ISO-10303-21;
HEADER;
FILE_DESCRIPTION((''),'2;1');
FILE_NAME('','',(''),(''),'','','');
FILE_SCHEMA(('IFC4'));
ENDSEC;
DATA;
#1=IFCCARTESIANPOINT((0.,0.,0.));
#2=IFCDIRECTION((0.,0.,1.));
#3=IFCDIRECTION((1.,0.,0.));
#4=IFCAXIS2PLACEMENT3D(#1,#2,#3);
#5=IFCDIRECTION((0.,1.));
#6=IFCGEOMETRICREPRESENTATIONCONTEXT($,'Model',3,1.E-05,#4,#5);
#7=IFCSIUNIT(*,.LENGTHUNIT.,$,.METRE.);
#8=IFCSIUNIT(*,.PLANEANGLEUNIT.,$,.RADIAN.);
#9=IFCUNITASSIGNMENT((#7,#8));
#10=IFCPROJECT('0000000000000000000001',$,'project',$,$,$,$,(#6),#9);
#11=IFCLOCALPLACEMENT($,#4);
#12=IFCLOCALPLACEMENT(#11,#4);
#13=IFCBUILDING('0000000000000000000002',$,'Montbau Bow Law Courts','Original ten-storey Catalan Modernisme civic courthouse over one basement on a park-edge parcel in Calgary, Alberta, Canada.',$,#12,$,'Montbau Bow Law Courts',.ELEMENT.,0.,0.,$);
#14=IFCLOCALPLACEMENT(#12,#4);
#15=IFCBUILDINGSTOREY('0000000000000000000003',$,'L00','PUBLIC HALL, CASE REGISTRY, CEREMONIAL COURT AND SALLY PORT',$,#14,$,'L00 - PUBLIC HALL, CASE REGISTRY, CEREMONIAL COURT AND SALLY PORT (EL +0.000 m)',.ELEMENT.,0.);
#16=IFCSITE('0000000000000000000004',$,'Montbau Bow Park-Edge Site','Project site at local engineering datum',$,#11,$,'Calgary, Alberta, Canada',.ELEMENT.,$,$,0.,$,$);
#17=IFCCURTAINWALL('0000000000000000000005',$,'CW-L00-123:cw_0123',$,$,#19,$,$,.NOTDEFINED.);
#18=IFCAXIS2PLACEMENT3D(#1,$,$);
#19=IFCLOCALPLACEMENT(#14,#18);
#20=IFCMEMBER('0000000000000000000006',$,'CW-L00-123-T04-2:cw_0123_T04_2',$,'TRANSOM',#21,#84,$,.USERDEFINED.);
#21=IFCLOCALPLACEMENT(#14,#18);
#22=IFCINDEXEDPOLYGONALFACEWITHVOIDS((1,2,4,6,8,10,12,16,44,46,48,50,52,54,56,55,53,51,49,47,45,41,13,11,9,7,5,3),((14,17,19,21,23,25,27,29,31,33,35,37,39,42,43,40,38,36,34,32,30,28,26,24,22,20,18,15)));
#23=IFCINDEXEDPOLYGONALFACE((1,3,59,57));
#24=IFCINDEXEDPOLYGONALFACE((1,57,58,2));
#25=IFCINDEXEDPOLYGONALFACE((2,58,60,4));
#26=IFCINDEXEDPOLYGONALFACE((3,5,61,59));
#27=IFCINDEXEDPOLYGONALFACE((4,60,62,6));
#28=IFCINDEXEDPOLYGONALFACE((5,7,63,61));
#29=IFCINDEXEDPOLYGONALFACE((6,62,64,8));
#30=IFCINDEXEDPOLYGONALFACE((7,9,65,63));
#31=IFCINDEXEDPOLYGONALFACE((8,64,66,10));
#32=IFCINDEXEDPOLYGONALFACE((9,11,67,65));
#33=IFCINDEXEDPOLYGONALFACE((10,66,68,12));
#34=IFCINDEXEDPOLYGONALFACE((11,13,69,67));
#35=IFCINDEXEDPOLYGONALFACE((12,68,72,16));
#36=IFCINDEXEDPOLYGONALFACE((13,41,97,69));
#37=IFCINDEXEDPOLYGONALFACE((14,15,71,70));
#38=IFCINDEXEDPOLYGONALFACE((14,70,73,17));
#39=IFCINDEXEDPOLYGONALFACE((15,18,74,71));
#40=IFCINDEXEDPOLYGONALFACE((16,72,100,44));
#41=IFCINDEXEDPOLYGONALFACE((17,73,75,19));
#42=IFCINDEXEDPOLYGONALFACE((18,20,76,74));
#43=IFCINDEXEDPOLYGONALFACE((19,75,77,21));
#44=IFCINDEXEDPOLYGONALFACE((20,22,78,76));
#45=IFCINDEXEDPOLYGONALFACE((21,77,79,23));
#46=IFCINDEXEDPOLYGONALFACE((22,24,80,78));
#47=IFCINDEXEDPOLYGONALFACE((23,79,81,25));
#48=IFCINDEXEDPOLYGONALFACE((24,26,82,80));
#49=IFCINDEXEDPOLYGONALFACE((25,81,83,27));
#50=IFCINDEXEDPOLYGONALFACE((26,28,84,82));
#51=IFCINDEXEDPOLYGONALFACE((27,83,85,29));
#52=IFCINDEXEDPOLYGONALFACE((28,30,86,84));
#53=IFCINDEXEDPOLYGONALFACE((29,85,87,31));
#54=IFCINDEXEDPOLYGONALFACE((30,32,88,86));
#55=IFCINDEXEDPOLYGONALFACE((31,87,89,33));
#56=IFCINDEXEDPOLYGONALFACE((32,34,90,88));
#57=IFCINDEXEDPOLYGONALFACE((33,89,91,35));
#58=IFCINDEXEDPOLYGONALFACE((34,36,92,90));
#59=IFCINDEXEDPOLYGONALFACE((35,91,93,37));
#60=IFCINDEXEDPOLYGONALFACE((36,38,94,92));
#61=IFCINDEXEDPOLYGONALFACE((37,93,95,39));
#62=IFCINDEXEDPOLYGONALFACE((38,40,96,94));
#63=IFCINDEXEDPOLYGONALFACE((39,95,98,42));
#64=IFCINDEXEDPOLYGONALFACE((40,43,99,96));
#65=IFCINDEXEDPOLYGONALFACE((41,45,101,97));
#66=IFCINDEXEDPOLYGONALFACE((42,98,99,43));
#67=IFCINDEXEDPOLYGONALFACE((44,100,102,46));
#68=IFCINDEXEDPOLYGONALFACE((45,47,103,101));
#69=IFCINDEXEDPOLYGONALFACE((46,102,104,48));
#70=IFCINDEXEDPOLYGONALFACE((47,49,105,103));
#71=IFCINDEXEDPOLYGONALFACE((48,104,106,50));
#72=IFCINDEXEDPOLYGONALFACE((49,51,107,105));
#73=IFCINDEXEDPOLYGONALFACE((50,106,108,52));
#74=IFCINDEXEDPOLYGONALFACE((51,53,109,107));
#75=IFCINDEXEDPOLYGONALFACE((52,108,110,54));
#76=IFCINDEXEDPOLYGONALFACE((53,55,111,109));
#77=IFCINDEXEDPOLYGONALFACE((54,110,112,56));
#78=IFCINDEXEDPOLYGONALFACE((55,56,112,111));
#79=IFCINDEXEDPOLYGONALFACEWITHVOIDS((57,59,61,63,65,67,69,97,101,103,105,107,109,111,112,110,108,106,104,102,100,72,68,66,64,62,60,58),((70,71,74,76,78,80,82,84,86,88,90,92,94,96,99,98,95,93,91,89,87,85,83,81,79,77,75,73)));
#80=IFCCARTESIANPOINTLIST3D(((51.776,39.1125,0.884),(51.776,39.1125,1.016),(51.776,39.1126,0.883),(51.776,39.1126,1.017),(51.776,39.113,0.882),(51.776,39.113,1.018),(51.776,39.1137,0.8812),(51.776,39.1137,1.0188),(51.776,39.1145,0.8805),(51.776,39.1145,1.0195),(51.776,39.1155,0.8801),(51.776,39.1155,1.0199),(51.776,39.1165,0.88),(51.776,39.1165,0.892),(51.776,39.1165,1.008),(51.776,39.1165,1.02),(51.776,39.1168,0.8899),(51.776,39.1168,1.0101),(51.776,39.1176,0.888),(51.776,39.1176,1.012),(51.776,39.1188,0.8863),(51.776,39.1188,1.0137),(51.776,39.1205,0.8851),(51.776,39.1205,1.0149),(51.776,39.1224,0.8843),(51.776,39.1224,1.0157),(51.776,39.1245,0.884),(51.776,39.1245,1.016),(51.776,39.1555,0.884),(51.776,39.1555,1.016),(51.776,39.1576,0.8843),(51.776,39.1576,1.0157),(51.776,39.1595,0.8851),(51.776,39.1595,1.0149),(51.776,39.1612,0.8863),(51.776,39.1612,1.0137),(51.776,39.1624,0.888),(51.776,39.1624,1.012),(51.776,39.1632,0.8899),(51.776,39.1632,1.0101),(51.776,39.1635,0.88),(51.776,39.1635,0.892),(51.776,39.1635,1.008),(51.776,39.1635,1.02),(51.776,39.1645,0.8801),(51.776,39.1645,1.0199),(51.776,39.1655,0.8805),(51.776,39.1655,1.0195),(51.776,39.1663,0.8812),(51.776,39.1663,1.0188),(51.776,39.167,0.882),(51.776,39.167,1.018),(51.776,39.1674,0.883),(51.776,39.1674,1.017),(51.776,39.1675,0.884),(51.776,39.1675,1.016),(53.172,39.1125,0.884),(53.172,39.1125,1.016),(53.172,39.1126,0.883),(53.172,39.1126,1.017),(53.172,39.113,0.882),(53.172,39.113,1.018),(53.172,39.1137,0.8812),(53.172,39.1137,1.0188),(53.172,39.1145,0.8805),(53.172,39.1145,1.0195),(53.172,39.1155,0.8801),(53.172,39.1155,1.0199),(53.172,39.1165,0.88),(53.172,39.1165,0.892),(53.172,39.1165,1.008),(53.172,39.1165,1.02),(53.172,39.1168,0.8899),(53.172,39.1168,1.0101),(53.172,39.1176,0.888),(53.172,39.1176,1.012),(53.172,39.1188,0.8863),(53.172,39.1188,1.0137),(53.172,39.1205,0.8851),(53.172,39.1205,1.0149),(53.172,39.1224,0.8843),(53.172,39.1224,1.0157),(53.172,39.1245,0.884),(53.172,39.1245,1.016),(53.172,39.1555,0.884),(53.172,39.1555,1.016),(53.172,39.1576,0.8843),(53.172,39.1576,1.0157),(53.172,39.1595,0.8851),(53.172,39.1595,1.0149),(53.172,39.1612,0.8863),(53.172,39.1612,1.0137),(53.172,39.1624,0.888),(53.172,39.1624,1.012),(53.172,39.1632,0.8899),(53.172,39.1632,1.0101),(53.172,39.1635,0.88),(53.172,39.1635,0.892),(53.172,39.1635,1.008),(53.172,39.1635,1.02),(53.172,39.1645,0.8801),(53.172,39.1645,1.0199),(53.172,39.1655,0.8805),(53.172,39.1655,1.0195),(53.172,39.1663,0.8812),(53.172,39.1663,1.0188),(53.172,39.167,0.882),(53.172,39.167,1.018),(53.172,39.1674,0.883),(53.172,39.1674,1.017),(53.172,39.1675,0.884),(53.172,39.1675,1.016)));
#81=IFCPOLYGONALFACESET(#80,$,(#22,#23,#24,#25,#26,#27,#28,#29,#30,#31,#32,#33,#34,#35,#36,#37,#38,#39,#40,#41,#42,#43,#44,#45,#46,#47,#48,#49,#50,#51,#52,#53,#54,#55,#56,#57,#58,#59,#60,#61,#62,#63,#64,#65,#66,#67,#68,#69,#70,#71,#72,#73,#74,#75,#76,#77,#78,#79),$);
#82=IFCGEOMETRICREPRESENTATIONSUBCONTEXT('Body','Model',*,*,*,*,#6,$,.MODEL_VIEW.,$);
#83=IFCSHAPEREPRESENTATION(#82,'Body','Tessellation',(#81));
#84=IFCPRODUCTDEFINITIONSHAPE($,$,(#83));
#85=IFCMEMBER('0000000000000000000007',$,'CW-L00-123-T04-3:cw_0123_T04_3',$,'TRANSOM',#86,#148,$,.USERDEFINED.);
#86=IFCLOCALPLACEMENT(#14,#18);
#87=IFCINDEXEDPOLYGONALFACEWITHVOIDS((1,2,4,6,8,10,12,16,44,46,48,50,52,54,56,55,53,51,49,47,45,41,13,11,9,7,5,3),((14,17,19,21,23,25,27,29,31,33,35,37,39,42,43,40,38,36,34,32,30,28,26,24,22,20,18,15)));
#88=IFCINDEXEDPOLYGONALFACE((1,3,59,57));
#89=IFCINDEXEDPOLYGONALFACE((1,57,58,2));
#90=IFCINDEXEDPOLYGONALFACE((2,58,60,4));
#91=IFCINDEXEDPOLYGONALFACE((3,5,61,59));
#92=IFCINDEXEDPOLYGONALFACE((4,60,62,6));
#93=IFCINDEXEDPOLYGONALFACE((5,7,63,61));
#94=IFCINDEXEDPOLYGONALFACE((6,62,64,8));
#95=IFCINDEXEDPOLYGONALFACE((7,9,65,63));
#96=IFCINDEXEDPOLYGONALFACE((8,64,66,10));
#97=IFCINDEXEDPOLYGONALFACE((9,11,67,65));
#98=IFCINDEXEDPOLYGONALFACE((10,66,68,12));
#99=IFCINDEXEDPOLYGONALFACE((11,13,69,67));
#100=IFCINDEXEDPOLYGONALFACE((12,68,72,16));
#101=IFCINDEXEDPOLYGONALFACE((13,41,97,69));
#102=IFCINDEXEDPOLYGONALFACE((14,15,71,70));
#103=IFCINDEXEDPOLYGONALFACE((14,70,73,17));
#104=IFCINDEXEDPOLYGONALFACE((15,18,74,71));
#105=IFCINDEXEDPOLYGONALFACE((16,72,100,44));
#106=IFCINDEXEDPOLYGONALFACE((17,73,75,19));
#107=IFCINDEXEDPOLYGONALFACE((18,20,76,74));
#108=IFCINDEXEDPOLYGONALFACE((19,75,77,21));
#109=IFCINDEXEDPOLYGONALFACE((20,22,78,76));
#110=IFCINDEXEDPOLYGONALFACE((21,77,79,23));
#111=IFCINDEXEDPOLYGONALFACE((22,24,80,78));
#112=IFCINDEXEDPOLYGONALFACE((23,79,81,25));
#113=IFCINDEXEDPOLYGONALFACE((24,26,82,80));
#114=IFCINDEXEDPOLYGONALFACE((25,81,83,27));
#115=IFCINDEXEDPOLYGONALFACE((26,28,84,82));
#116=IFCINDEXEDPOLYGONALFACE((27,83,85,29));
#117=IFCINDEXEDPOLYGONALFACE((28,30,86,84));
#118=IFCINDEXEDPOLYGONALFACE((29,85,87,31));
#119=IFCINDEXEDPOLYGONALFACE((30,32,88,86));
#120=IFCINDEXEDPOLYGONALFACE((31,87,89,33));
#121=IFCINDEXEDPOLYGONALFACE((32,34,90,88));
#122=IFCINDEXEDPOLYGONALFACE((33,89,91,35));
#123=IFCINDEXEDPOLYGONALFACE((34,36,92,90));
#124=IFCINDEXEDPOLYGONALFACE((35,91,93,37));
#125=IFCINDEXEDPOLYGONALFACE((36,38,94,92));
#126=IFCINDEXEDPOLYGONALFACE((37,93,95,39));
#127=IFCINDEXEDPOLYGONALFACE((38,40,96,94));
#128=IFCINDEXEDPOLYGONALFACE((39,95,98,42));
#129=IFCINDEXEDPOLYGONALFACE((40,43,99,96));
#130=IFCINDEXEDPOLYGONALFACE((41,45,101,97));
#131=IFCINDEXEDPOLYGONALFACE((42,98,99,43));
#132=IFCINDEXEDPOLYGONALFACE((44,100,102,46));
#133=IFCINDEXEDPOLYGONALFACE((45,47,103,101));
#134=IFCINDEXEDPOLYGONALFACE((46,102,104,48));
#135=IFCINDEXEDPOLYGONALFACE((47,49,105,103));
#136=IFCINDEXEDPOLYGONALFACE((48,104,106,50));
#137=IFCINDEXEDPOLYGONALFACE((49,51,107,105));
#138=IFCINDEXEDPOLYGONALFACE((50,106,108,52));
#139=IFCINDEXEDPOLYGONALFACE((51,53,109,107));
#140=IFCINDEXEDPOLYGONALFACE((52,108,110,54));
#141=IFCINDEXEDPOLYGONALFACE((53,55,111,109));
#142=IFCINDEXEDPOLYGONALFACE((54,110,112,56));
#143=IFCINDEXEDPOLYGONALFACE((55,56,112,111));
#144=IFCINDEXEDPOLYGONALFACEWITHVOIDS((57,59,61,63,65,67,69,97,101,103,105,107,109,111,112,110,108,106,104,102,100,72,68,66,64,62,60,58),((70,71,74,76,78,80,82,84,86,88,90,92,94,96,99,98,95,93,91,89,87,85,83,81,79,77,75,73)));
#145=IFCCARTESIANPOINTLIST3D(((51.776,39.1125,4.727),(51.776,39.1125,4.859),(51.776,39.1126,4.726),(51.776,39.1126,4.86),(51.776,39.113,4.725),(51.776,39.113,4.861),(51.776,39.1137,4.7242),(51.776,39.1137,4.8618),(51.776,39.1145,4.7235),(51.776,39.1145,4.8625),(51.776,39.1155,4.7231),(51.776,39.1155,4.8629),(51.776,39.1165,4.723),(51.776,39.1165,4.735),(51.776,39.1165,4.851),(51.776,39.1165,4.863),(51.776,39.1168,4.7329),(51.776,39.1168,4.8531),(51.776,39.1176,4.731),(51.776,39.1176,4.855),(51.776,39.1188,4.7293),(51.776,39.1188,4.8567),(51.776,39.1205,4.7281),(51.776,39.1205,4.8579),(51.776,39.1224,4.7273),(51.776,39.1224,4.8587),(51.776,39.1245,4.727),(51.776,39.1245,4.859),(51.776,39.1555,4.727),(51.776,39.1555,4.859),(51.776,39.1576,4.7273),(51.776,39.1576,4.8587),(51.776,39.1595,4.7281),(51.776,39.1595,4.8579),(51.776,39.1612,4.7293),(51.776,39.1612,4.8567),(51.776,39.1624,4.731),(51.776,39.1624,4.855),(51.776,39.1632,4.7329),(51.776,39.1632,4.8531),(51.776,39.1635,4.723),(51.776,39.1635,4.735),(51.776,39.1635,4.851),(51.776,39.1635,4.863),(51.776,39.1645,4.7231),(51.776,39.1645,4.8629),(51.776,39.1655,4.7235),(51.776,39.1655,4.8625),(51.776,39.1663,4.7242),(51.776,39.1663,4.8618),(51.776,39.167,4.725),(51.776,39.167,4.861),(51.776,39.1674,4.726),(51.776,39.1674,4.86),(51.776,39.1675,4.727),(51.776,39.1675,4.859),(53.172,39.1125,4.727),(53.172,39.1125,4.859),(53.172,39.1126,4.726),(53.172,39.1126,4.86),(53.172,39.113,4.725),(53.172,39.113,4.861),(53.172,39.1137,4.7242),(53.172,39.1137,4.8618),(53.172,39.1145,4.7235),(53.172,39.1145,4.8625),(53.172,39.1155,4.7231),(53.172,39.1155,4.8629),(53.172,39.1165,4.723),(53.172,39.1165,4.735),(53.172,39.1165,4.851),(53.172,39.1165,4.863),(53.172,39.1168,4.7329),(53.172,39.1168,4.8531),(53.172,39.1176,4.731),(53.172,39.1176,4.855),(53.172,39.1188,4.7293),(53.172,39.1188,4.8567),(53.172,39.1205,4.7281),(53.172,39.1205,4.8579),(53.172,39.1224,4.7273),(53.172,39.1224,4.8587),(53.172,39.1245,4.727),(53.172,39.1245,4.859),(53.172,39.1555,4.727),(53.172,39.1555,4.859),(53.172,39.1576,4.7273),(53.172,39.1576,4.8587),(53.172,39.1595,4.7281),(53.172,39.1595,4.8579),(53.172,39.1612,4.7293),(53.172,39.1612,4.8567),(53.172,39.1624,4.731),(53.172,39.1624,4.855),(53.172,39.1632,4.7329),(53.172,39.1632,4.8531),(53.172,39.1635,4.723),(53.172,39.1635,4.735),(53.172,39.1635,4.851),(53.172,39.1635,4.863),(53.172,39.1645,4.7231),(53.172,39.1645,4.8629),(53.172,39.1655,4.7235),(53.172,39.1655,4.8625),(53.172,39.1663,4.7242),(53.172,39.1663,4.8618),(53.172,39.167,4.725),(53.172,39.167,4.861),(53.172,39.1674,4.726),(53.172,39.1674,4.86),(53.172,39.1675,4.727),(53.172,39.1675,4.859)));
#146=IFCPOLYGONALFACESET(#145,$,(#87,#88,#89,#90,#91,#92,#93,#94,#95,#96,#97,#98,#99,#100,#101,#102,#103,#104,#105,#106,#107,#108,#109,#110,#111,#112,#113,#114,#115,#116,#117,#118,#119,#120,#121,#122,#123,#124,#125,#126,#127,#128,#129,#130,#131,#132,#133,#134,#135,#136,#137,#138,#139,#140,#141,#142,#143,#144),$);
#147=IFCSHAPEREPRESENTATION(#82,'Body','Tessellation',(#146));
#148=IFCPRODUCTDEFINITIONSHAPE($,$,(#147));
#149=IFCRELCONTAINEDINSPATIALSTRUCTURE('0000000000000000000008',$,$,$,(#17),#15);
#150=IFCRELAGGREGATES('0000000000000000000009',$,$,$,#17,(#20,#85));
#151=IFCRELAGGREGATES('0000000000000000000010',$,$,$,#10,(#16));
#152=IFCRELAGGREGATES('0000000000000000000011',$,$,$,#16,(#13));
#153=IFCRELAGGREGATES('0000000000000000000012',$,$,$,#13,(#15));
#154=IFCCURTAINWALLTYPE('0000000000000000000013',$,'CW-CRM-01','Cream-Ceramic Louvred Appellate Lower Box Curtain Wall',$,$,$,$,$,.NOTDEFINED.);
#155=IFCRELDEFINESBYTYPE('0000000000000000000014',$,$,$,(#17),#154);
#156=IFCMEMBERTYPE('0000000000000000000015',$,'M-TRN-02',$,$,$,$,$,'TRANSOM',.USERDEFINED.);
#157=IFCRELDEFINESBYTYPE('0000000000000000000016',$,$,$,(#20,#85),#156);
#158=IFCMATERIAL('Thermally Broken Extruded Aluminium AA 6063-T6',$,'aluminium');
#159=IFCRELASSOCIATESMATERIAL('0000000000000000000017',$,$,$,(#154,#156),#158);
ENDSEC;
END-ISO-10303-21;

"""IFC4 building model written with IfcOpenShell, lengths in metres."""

from ifc_helpers import new_model, si_unit, direction, frame, origin_with_axes, origin_2d_with_axis, place, context, subcontext, project, spatial, hollow_rectangle, extrude, material, material_profile, profile_set, type_object, element, aggregate, save


model = new_model("IFC4")

# Units and contexts
model_context = context("Model", 3, precision=1e-05, world=origin_with_axes(), true_north=direction((0.0, 1.0)))
body_context = subcontext(model_context, "Body", "Model", "MODEL_VIEW")
ifc_project = project(units=[si_unit("LENGTHUNIT", "METRE"), si_unit("PLANEANGLEUNIT", "RADIAN")], contexts=[model_context])

# Site, building, storey
site_placement = place(None, origin_with_axes())
site = spatial("IfcSite", under=ifc_project, at=site_placement, Name="Montbau Bow Park-Edge Site", Description="Project site at local engineering datum", LongName="Calgary, Alberta, Canada", CompositionType="ELEMENT", RefElevation=0.0)
building_placement = place(site_placement, origin_with_axes())
building = spatial("IfcBuilding", under=site, at=building_placement, Name="Montbau Bow Law Courts", Description="Original ten-storey Catalan Modernisme civic courthouse over one basement on a park-edge parcel in Calgary, Alberta, Canada.", LongName="Montbau Bow Law Courts", CompositionType="ELEMENT", ElevationOfRefHeight=0.0, ElevationOfTerrain=0.0)
storey_placement = place(building_placement, origin_with_axes())
storey = spatial("IfcBuildingStorey", under=building, at=storey_placement, Name="L00", Description="PUBLIC HALL, CASE REGISTRY, CEREMONIAL COURT AND SALLY PORT", LongName="L00 - PUBLIC HALL, CASE REGISTRY, CEREMONIAL COURT AND SALLY PORT (EL +0.000 m)", CompositionType="ELEMENT", Elevation=0.0)

# Curtain wall, members
ifc_material_1 = material(Name="Thermally Broken Extruded Aluminium AA 6063-T6", Category="aluminium")
curtain_wall_type = type_object("IfcCurtainWallType", Name="CW-CRM-01", Description="Cream-Ceramic Louvred Appellate Lower Box Curtain Wall", PredefinedType="NOTDEFINED", material=ifc_material_1)
curtain_wall_placement = place(None, frame((47.315, 39.14, 0.0), z_axis=(0.0, 0.0, 1.0), x_axis=(1.0, 0.0, 0.0)))
curtain_wall = element("IfcCurtainWall", 1, at=curtain_wall_placement, inside=storey, type_object=curtain_wall_type, Name="CW-L00-123:cw_0123", PredefinedType="NOTDEFINED")
ifc_material_profile_1 = material_profile(ifc_material_1, hollow_rectangle(XDim=0.055, YDim=0.14, WallThickness=0.004, InnerFilletRadius=0.008, OuterFilletRadius=0.004, at=origin_2d_with_axis()), Name="CWT-140X55", Category="Main", Priority=0)
ifc_profile_set_1 = profile_set([ifc_material_profile_1], Name="Thermally Broken Extruded Aluminium AA 6063-T6")
member_type_1 = type_object("IfcMemberType", Name="M-TRN-02", ElementType="TRANSOM", PredefinedType="USERDEFINED", material=ifc_profile_set_1)
member_1_placement = place(None, frame((51.776, 39.14, 0.95), z_axis=(1.0, 0.0, 0.0), x_axis=(0.0, 1.0, 0.0)))
member_1 = element("IfcMember", 2, at=member_1_placement, type_object=member_type_1, Name="CW-L00-123-T04-2:cw_0123_T04_2", ObjectType="TRANSOM", PredefinedType="USERDEFINED", context=body_context, shape_type="SweptSolid", body=[
    extrude(hollow_rectangle(XDim=0.055, YDim=0.14, WallThickness=0.004, InnerFilletRadius=0.008, OuterFilletRadius=0.004, at=origin_2d_with_axis()), origin_with_axes(), (0.0, 0.0, 1.0), 1.396),
])
member_2_placement = place(None, frame((51.776, 39.14, 4.793), z_axis=(1.0, 0.0, 0.0), x_axis=(0.0, 1.0, 0.0)))
member_2 = element("IfcMember", 3, at=member_2_placement, type_object=member_type_1, Name="CW-L00-123-T04-3:cw_0123_T04_3", ObjectType="TRANSOM", PredefinedType="USERDEFINED", context=body_context, shape_type="SweptSolid", body=[
    extrude(hollow_rectangle(XDim=0.055, YDim=0.14, WallThickness=0.004, InnerFilletRadius=0.008, OuterFilletRadius=0.004, at=origin_2d_with_axis()), origin_with_axes(), (0.0, 0.0, 1.0), 1.396),
])
aggregate(curtain_wall, [member_1, member_2])

save(model, "model.ifc")
